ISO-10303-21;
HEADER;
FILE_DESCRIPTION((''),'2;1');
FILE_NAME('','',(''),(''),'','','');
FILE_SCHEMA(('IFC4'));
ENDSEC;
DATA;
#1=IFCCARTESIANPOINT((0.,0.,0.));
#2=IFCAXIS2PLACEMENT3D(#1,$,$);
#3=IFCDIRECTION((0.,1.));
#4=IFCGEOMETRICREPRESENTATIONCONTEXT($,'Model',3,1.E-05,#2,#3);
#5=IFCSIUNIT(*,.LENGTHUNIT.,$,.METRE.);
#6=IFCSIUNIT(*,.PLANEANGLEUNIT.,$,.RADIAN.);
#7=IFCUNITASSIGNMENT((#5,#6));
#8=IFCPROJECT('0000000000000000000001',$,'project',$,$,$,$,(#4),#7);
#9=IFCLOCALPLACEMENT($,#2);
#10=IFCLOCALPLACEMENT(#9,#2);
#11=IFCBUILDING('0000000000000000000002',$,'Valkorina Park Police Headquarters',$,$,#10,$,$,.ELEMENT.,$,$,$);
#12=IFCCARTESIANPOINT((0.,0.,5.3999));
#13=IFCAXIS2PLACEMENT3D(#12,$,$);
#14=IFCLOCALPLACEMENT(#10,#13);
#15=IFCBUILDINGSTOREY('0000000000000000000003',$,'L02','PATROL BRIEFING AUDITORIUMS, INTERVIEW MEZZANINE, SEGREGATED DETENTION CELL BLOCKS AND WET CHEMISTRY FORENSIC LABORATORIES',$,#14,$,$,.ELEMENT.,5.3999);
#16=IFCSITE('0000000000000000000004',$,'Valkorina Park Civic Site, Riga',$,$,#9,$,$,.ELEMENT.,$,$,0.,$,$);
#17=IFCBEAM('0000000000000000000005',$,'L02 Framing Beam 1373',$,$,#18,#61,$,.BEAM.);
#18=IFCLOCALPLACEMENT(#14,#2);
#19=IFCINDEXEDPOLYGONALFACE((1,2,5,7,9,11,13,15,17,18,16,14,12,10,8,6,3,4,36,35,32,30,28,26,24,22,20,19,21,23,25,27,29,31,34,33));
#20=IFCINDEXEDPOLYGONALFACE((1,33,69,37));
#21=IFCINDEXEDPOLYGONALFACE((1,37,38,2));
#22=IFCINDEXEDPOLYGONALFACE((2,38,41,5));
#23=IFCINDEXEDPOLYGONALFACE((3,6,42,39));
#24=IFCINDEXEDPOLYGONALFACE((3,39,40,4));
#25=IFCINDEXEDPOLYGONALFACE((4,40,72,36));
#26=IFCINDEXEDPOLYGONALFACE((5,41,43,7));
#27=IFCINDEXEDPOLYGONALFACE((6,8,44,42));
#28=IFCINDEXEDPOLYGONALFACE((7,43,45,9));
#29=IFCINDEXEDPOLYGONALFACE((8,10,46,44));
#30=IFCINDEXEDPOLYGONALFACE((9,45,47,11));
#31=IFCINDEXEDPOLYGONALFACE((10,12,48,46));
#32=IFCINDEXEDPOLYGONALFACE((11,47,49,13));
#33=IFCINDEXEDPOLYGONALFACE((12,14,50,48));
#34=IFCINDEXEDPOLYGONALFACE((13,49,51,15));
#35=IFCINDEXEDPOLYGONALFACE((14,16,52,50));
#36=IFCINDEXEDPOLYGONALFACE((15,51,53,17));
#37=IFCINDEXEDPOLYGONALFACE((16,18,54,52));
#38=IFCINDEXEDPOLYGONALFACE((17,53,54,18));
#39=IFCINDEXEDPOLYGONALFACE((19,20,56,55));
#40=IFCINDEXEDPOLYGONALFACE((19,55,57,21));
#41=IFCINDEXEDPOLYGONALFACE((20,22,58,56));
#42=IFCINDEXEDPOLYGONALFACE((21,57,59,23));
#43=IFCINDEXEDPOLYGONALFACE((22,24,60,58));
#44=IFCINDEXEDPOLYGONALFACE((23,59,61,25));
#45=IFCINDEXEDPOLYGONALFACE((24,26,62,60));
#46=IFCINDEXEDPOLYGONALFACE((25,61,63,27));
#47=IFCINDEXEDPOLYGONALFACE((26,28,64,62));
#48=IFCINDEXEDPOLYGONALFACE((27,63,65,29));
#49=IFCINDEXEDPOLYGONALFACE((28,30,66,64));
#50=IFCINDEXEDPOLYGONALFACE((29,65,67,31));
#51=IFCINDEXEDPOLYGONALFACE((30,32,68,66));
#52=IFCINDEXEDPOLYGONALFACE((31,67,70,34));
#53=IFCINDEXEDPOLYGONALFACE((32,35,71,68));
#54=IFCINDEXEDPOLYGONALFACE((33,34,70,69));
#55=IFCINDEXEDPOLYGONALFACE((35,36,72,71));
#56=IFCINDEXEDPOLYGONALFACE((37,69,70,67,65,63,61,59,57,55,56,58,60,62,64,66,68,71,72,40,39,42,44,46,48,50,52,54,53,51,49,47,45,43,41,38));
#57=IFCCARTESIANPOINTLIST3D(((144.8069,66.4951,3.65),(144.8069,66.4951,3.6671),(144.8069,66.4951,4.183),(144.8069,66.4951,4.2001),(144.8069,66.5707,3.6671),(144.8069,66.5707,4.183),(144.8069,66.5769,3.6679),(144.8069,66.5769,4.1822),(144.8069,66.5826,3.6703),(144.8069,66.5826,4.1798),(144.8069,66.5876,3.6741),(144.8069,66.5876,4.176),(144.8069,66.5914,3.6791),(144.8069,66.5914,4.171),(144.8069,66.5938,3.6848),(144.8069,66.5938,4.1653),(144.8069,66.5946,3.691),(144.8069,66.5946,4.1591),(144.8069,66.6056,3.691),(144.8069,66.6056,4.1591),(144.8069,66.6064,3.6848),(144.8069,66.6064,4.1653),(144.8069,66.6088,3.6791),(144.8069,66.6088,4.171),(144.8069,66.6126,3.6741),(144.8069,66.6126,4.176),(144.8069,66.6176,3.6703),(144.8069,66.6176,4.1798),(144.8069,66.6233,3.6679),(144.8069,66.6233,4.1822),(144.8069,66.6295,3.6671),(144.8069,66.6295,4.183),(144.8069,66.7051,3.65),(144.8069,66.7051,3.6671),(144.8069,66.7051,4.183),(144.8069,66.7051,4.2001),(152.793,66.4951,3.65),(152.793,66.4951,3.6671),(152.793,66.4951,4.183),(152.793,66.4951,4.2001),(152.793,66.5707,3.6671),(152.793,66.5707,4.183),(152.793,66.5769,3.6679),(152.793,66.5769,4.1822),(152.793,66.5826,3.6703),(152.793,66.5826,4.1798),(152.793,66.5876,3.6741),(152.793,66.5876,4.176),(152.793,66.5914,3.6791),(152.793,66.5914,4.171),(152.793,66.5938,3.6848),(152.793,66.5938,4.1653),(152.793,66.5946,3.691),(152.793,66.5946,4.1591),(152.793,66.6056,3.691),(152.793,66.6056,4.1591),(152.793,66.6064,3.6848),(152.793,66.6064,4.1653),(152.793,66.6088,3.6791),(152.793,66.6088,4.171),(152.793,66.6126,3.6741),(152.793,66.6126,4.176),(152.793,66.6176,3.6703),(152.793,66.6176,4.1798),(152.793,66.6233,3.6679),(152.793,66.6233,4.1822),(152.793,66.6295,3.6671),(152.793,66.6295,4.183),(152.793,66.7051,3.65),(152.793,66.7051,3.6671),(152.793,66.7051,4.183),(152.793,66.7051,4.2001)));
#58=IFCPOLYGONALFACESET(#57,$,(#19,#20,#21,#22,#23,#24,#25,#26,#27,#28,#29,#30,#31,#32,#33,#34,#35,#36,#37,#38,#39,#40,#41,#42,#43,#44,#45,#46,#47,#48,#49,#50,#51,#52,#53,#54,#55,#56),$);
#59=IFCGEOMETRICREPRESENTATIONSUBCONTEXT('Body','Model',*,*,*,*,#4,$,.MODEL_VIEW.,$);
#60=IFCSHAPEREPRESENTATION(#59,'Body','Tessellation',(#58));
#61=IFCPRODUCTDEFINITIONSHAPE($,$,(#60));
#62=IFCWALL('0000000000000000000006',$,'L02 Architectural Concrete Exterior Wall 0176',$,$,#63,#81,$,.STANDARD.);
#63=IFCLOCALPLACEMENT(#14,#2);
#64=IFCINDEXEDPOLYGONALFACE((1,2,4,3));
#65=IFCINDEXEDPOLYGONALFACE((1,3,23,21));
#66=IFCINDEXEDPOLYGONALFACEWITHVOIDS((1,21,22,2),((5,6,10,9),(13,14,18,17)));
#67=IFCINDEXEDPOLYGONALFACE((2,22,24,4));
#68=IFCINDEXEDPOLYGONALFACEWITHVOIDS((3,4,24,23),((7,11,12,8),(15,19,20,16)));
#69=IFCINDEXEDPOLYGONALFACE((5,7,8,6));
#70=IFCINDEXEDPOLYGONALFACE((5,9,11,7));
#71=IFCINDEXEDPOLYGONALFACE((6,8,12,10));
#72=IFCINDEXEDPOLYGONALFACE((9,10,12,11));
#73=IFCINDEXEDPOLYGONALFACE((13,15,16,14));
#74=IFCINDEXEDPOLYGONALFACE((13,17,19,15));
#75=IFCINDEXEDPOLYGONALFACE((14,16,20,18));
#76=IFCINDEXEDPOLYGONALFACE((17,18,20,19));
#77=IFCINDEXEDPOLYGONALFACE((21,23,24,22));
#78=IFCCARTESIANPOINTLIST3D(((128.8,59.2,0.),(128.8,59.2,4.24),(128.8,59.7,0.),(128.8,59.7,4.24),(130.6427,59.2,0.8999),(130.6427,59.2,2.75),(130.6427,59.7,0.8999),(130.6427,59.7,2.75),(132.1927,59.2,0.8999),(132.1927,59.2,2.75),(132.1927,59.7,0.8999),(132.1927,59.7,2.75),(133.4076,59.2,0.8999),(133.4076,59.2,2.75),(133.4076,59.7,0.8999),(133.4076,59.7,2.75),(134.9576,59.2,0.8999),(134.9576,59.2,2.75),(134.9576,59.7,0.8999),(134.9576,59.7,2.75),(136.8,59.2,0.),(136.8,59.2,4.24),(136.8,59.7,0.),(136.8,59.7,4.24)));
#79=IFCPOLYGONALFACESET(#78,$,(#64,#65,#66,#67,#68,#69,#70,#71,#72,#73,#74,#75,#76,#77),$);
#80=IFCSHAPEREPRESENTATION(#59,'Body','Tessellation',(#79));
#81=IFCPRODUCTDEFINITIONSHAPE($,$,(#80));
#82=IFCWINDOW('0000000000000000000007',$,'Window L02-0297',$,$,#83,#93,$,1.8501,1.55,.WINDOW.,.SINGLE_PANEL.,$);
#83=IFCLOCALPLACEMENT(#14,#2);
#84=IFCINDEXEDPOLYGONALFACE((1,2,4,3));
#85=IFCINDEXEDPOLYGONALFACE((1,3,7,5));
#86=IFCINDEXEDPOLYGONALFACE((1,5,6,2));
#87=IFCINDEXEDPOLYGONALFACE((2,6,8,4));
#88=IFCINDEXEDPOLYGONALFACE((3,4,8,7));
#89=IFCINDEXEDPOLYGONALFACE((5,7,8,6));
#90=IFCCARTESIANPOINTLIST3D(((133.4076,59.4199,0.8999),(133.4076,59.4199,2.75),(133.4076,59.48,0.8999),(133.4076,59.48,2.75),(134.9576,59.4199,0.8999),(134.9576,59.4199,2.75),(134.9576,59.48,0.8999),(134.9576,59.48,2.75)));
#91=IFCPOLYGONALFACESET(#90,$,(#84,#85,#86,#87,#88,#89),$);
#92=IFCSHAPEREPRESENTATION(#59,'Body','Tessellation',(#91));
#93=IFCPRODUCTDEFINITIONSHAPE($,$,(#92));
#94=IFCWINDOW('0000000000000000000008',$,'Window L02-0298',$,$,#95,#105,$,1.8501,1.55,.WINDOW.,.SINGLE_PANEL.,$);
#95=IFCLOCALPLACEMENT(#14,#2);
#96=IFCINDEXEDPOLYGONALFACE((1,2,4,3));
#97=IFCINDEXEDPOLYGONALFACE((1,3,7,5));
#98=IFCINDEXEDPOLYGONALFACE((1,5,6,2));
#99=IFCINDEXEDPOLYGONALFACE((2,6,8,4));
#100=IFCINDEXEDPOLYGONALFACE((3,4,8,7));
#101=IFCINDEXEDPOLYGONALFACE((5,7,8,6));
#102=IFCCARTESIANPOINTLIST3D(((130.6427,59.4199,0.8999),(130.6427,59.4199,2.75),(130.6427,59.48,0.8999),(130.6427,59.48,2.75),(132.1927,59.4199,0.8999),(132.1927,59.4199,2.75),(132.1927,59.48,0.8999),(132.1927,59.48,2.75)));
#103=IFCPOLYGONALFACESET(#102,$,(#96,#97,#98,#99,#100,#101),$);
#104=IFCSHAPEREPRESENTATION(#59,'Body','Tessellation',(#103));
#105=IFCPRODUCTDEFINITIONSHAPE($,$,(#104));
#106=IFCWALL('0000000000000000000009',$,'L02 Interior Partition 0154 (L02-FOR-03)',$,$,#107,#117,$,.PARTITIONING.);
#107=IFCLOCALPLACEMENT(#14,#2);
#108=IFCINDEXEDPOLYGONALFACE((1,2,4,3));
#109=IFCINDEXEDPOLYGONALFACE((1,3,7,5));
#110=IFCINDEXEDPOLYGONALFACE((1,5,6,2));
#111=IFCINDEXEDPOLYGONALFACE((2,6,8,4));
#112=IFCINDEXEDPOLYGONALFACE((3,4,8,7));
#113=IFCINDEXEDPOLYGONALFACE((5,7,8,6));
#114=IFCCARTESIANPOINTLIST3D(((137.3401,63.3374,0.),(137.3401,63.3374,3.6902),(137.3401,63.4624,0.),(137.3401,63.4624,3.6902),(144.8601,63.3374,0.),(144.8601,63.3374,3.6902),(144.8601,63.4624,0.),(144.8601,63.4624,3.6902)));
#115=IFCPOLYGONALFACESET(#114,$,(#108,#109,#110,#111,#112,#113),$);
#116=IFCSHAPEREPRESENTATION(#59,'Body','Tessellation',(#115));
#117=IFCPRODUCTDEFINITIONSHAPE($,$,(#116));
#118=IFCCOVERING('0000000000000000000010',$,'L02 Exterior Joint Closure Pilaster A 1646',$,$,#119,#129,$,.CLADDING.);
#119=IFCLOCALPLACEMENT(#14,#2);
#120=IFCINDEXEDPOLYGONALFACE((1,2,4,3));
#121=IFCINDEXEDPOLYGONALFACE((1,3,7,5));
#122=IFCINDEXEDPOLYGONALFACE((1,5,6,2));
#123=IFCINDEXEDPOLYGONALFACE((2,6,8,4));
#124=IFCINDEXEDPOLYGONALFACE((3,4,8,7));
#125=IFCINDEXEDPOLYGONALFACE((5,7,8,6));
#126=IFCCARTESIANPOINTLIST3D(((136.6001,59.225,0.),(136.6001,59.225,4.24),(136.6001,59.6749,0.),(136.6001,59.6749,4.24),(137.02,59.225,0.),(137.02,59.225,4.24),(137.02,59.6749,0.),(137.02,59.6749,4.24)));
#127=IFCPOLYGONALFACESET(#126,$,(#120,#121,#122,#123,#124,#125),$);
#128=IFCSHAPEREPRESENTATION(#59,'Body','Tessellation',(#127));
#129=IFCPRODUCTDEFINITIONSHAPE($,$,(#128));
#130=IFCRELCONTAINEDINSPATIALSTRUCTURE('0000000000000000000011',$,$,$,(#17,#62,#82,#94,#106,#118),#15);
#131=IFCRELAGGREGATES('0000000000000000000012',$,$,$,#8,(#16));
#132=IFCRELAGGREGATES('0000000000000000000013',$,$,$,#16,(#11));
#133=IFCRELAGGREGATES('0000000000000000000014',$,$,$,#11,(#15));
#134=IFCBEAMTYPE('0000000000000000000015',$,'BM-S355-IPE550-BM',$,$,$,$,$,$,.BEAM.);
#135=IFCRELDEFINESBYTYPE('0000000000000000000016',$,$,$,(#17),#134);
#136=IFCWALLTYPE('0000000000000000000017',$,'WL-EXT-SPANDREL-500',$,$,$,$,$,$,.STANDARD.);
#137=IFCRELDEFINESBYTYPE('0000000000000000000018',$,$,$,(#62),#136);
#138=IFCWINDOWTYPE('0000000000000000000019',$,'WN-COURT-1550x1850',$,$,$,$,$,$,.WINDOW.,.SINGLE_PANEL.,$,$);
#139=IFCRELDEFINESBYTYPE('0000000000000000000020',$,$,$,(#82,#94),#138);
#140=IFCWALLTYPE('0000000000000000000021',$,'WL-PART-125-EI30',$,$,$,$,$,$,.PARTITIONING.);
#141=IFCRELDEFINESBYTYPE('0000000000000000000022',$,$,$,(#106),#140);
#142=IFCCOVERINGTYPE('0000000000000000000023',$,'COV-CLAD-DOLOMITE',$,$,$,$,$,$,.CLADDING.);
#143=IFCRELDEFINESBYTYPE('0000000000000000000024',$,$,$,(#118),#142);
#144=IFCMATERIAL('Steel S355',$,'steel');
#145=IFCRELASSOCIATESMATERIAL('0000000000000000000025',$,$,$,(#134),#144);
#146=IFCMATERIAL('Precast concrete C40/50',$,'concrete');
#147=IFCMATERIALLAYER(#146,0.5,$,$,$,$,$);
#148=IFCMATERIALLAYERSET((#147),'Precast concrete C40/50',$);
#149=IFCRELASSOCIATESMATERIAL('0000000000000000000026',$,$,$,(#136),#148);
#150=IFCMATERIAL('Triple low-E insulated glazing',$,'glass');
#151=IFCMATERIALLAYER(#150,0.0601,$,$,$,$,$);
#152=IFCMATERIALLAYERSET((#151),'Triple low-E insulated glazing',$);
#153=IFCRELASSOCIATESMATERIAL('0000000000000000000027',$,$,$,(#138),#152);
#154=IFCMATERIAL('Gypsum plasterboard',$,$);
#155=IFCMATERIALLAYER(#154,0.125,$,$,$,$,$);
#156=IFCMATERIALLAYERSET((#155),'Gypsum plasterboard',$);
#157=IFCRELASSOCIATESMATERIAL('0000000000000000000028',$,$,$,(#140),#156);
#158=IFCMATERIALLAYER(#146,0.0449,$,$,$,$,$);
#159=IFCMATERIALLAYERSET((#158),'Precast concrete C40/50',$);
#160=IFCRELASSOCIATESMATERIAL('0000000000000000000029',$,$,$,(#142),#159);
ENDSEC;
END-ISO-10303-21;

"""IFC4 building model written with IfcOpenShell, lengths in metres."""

from ifc_helpers import new_model, si_unit, direction, frame, frame_2d, origin, origin_2d, place, context, subcontext, project, spatial, rectangle, i_section, extrude, material, layer, layer_set, material_profile, profile_set, type_object, element, fill, save


model = new_model("IFC4")

# Units and contexts
model_context = context("Model", 3, precision=1e-05, world=origin(), true_north=direction((0.0, 1.0)))
body_context = subcontext(model_context, "Body", "Model", "MODEL_VIEW")
ifc_project = project(units=[si_unit("LENGTHUNIT", "METRE"), si_unit("PLANEANGLEUNIT", "RADIAN")], contexts=[model_context])

# Site, building, storey
site_placement = place(None, origin())
site = spatial("IfcSite", under=ifc_project, at=site_placement, Name="Valkorina Park Civic Site, Riga", CompositionType="ELEMENT", RefElevation=0.0)
building_placement = place(site_placement, origin())
building = spatial("IfcBuilding", under=site, at=building_placement, Name="Valkorina Park Police Headquarters", CompositionType="ELEMENT")
storey_placement = place(building_placement, frame((0.0, 0.0, 5.3999)))
storey = spatial("IfcBuildingStorey", under=building, at=storey_placement, Name="L02", Description="PATROL BRIEFING AUDITORIUMS, INTERVIEW MEZZANINE, SEGREGATED DETENTION CELL BLOCKS AND WET CHEMISTRY FORENSIC LABORATORIES", CompositionType="ELEMENT", Elevation=5.3999)

# Shared definitions
ifc_material_1 = material(Name="Steel S355", Category="steel")

# Beam
ifc_material_profile_1 = material_profile(ifc_material_1, i_section(OverallWidth=0.21, OverallDepth=0.55, WebThickness=0.011, FlangeThickness=0.0171, FilletRadius=0.0239, at=origin_2d()), Name="IPE 550")
ifc_profile_set_1 = profile_set([ifc_material_profile_1], Name="Steel S355")
beam_type_1 = type_object("IfcBeamType", Name="BM-S355-IPE550-BM", PredefinedType="BEAM", material=ifc_profile_set_1)
for number, where, z_axis, x_axis, name in (
    (1, (144.8069, 66.6001, 3.925), (1.0, 0.0, 0.0), (0.0, 1.0, 0.0), "L02 Framing Beam 1373"),
):
    element("IfcBeam", number, at=place(storey_placement, frame(where, z_axis=z_axis, x_axis=x_axis)), inside=storey, type_object=beam_type_1, Name=name, PredefinedType="BEAM", context=body_context, shape_type="SweptSolid", body=[
        extrude(i_section(OverallWidth=0.21, OverallDepth=0.55, WebThickness=0.011, FlangeThickness=0.0171, FilletRadius=0.0239, at=origin_2d()), origin(), (0.0, 0.0, 1.0), 7.9861),
    ])

# Wall, openings, windows
ifc_material_2 = material(Name="Precast concrete C40/50", Category="concrete")
ifc_layer_1 = layer(ifc_material_2, 0.5)
ifc_layer_set_1 = layer_set([ifc_layer_1], Name="Precast concrete C40/50")
wall_type_1 = type_object("IfcWallType", Name="WL-EXT-SPANDREL-500", PredefinedType="STANDARD", material=ifc_layer_set_1)
wall_1_placement = place(storey_placement, frame((136.8, 59.45, 0.0), z_axis=(0.0, 0.0, 1.0), x_axis=(-1.0, 0.0, 0.0)))
wall_1 = element("IfcWall", 2, at=wall_1_placement, inside=storey, type_object=wall_type_1, Name="L02 Architectural Concrete Exterior Wall 0176", PredefinedType="STANDARD", context=body_context, shape_type="SweptSolid", body=[
    extrude(rectangle(XDim=8.0, YDim=0.5, at=frame_2d((4.0, 0.0))), origin(), (0.0, 0.0, 1.0), 4.24),
])
opening_1_placement = place(wall_1_placement, frame((1.8425, 0.0, 0.8999)))
opening_1 = element("IfcOpeningElement", 3, at=opening_1_placement, cuts=wall_1, PredefinedType="OPENING", context=body_context, shape_type="SweptSolid", body=[
    extrude(rectangle(XDim=1.55, YDim=1.8501, at=frame_2d((0.7749, 0.925))), frame((0.0, 0.26, 0.0), z_axis=(0.0, -1.0, 0.0), x_axis=(1.0, 0.0, 0.0)), (0.0, 0.0, 1.0), 0.52),
])
opening_2_placement = place(wall_1_placement, frame((4.6074, 0.0, 0.8999)))
opening_2 = element("IfcOpeningElement", 4, at=opening_2_placement, cuts=wall_1, PredefinedType="OPENING", context=body_context, shape_type="SweptSolid", body=[
    extrude(rectangle(XDim=1.55, YDim=1.8501, at=frame_2d((0.7749, 0.925))), frame((0.0, 0.26, 0.0), z_axis=(0.0, -1.0, 0.0), x_axis=(1.0, 0.0, 0.0)), (0.0, 0.0, 1.0), 0.52),
])
ifc_material_3 = material(Name="Triple low-E insulated glazing", Category="glass")
ifc_layer_2 = layer(ifc_material_3, 0.0601)
ifc_layer_set_2 = layer_set([ifc_layer_2], Name="Triple low-E insulated glazing")
window_type = type_object("IfcWindowType", Name="WN-COURT-1550x1850", PartitioningType="SINGLE_PANEL", PredefinedType="WINDOW", material=ifc_layer_set_2)
window_1_placement = place(opening_1_placement, origin())
window_1 = element("IfcWindow", 5, at=window_1_placement, inside=storey, type_object=window_type, Name="Window L02-0297", OverallHeight=1.8501, OverallWidth=1.55, PartitioningType="SINGLE_PANEL", PredefinedType="WINDOW", context=body_context, shape_type="SweptSolid", body=[
    extrude(rectangle(XDim=1.55, YDim=1.8501, at=frame_2d((0.7749, 0.925))), frame((0.0, 0.03, 0.0), z_axis=(0.0, -1.0, 0.0), x_axis=(1.0, 0.0, 0.0)), (0.0, 0.0, 1.0), 0.0601),
])
fill(opening_1, window_1)
window_2_placement = place(opening_2_placement, origin())
window_2 = element("IfcWindow", 6, at=window_2_placement, inside=storey, type_object=window_type, Name="Window L02-0298", OverallHeight=1.8501, OverallWidth=1.55, PartitioningType="SINGLE_PANEL", PredefinedType="WINDOW", context=body_context, shape_type="SweptSolid", body=[
    extrude(rectangle(XDim=1.55, YDim=1.8501, at=frame_2d((0.7749, 0.925))), frame((0.0, 0.03, 0.0), z_axis=(0.0, -1.0, 0.0), x_axis=(1.0, 0.0, 0.0)), (0.0, 0.0, 1.0), 0.0601),
])
fill(opening_2, window_2)

# Wall
ifc_material_4 = material(Name="Gypsum plasterboard")
ifc_layer_3 = layer(ifc_material_4, 0.125)
ifc_layer_set_3 = layer_set([ifc_layer_3], Name="Gypsum plasterboard")
wall_type_2 = type_object("IfcWallType", Name="WL-PART-125-EI30", PredefinedType="PARTITIONING", material=ifc_layer_set_3)
wall_2_placement = place(storey_placement, frame((137.3401, 63.3999, 0.0), z_axis=(0.0, 0.0, 1.0), x_axis=(1.0, 0.0, 0.0)))
element("IfcWall", 7, at=wall_2_placement, inside=storey, type_object=wall_type_2, Name="L02 Interior Partition 0154 (L02-FOR-03)", PredefinedType="PARTITIONING", context=body_context, shape_type="SweptSolid", body=[
    extrude(rectangle(XDim=7.52, YDim=0.125, at=frame_2d((3.76, 0.0))), origin(), (0.0, 0.0, 1.0), 3.6902),
])

# Covering
ifc_layer_4 = layer(ifc_material_2, 0.0449)
ifc_layer_set_4 = layer_set([ifc_layer_4], Name="Precast concrete C40/50")
covering_type = type_object("IfcCoveringType", Name="COV-CLAD-DOLOMITE", PredefinedType="CLADDING", material=ifc_layer_set_4)
covering_placement = place(storey_placement, frame((136.8101, 59.45, 0.0), z_axis=(0.0, 0.0, 1.0), x_axis=(1.0, 0.0, 0.0)))
element("IfcCovering", 8, at=covering_placement, inside=storey, type_object=covering_type, Name="L02 Exterior Joint Closure Pilaster A 1646", PredefinedType="CLADDING", context=body_context, shape_type="SweptSolid", body=[
    extrude(rectangle(XDim=0.4199, YDim=0.45, at=origin_2d()), origin(), (0.0, 0.0, 1.0), 4.24),
])

save(model, "model.ifc")
